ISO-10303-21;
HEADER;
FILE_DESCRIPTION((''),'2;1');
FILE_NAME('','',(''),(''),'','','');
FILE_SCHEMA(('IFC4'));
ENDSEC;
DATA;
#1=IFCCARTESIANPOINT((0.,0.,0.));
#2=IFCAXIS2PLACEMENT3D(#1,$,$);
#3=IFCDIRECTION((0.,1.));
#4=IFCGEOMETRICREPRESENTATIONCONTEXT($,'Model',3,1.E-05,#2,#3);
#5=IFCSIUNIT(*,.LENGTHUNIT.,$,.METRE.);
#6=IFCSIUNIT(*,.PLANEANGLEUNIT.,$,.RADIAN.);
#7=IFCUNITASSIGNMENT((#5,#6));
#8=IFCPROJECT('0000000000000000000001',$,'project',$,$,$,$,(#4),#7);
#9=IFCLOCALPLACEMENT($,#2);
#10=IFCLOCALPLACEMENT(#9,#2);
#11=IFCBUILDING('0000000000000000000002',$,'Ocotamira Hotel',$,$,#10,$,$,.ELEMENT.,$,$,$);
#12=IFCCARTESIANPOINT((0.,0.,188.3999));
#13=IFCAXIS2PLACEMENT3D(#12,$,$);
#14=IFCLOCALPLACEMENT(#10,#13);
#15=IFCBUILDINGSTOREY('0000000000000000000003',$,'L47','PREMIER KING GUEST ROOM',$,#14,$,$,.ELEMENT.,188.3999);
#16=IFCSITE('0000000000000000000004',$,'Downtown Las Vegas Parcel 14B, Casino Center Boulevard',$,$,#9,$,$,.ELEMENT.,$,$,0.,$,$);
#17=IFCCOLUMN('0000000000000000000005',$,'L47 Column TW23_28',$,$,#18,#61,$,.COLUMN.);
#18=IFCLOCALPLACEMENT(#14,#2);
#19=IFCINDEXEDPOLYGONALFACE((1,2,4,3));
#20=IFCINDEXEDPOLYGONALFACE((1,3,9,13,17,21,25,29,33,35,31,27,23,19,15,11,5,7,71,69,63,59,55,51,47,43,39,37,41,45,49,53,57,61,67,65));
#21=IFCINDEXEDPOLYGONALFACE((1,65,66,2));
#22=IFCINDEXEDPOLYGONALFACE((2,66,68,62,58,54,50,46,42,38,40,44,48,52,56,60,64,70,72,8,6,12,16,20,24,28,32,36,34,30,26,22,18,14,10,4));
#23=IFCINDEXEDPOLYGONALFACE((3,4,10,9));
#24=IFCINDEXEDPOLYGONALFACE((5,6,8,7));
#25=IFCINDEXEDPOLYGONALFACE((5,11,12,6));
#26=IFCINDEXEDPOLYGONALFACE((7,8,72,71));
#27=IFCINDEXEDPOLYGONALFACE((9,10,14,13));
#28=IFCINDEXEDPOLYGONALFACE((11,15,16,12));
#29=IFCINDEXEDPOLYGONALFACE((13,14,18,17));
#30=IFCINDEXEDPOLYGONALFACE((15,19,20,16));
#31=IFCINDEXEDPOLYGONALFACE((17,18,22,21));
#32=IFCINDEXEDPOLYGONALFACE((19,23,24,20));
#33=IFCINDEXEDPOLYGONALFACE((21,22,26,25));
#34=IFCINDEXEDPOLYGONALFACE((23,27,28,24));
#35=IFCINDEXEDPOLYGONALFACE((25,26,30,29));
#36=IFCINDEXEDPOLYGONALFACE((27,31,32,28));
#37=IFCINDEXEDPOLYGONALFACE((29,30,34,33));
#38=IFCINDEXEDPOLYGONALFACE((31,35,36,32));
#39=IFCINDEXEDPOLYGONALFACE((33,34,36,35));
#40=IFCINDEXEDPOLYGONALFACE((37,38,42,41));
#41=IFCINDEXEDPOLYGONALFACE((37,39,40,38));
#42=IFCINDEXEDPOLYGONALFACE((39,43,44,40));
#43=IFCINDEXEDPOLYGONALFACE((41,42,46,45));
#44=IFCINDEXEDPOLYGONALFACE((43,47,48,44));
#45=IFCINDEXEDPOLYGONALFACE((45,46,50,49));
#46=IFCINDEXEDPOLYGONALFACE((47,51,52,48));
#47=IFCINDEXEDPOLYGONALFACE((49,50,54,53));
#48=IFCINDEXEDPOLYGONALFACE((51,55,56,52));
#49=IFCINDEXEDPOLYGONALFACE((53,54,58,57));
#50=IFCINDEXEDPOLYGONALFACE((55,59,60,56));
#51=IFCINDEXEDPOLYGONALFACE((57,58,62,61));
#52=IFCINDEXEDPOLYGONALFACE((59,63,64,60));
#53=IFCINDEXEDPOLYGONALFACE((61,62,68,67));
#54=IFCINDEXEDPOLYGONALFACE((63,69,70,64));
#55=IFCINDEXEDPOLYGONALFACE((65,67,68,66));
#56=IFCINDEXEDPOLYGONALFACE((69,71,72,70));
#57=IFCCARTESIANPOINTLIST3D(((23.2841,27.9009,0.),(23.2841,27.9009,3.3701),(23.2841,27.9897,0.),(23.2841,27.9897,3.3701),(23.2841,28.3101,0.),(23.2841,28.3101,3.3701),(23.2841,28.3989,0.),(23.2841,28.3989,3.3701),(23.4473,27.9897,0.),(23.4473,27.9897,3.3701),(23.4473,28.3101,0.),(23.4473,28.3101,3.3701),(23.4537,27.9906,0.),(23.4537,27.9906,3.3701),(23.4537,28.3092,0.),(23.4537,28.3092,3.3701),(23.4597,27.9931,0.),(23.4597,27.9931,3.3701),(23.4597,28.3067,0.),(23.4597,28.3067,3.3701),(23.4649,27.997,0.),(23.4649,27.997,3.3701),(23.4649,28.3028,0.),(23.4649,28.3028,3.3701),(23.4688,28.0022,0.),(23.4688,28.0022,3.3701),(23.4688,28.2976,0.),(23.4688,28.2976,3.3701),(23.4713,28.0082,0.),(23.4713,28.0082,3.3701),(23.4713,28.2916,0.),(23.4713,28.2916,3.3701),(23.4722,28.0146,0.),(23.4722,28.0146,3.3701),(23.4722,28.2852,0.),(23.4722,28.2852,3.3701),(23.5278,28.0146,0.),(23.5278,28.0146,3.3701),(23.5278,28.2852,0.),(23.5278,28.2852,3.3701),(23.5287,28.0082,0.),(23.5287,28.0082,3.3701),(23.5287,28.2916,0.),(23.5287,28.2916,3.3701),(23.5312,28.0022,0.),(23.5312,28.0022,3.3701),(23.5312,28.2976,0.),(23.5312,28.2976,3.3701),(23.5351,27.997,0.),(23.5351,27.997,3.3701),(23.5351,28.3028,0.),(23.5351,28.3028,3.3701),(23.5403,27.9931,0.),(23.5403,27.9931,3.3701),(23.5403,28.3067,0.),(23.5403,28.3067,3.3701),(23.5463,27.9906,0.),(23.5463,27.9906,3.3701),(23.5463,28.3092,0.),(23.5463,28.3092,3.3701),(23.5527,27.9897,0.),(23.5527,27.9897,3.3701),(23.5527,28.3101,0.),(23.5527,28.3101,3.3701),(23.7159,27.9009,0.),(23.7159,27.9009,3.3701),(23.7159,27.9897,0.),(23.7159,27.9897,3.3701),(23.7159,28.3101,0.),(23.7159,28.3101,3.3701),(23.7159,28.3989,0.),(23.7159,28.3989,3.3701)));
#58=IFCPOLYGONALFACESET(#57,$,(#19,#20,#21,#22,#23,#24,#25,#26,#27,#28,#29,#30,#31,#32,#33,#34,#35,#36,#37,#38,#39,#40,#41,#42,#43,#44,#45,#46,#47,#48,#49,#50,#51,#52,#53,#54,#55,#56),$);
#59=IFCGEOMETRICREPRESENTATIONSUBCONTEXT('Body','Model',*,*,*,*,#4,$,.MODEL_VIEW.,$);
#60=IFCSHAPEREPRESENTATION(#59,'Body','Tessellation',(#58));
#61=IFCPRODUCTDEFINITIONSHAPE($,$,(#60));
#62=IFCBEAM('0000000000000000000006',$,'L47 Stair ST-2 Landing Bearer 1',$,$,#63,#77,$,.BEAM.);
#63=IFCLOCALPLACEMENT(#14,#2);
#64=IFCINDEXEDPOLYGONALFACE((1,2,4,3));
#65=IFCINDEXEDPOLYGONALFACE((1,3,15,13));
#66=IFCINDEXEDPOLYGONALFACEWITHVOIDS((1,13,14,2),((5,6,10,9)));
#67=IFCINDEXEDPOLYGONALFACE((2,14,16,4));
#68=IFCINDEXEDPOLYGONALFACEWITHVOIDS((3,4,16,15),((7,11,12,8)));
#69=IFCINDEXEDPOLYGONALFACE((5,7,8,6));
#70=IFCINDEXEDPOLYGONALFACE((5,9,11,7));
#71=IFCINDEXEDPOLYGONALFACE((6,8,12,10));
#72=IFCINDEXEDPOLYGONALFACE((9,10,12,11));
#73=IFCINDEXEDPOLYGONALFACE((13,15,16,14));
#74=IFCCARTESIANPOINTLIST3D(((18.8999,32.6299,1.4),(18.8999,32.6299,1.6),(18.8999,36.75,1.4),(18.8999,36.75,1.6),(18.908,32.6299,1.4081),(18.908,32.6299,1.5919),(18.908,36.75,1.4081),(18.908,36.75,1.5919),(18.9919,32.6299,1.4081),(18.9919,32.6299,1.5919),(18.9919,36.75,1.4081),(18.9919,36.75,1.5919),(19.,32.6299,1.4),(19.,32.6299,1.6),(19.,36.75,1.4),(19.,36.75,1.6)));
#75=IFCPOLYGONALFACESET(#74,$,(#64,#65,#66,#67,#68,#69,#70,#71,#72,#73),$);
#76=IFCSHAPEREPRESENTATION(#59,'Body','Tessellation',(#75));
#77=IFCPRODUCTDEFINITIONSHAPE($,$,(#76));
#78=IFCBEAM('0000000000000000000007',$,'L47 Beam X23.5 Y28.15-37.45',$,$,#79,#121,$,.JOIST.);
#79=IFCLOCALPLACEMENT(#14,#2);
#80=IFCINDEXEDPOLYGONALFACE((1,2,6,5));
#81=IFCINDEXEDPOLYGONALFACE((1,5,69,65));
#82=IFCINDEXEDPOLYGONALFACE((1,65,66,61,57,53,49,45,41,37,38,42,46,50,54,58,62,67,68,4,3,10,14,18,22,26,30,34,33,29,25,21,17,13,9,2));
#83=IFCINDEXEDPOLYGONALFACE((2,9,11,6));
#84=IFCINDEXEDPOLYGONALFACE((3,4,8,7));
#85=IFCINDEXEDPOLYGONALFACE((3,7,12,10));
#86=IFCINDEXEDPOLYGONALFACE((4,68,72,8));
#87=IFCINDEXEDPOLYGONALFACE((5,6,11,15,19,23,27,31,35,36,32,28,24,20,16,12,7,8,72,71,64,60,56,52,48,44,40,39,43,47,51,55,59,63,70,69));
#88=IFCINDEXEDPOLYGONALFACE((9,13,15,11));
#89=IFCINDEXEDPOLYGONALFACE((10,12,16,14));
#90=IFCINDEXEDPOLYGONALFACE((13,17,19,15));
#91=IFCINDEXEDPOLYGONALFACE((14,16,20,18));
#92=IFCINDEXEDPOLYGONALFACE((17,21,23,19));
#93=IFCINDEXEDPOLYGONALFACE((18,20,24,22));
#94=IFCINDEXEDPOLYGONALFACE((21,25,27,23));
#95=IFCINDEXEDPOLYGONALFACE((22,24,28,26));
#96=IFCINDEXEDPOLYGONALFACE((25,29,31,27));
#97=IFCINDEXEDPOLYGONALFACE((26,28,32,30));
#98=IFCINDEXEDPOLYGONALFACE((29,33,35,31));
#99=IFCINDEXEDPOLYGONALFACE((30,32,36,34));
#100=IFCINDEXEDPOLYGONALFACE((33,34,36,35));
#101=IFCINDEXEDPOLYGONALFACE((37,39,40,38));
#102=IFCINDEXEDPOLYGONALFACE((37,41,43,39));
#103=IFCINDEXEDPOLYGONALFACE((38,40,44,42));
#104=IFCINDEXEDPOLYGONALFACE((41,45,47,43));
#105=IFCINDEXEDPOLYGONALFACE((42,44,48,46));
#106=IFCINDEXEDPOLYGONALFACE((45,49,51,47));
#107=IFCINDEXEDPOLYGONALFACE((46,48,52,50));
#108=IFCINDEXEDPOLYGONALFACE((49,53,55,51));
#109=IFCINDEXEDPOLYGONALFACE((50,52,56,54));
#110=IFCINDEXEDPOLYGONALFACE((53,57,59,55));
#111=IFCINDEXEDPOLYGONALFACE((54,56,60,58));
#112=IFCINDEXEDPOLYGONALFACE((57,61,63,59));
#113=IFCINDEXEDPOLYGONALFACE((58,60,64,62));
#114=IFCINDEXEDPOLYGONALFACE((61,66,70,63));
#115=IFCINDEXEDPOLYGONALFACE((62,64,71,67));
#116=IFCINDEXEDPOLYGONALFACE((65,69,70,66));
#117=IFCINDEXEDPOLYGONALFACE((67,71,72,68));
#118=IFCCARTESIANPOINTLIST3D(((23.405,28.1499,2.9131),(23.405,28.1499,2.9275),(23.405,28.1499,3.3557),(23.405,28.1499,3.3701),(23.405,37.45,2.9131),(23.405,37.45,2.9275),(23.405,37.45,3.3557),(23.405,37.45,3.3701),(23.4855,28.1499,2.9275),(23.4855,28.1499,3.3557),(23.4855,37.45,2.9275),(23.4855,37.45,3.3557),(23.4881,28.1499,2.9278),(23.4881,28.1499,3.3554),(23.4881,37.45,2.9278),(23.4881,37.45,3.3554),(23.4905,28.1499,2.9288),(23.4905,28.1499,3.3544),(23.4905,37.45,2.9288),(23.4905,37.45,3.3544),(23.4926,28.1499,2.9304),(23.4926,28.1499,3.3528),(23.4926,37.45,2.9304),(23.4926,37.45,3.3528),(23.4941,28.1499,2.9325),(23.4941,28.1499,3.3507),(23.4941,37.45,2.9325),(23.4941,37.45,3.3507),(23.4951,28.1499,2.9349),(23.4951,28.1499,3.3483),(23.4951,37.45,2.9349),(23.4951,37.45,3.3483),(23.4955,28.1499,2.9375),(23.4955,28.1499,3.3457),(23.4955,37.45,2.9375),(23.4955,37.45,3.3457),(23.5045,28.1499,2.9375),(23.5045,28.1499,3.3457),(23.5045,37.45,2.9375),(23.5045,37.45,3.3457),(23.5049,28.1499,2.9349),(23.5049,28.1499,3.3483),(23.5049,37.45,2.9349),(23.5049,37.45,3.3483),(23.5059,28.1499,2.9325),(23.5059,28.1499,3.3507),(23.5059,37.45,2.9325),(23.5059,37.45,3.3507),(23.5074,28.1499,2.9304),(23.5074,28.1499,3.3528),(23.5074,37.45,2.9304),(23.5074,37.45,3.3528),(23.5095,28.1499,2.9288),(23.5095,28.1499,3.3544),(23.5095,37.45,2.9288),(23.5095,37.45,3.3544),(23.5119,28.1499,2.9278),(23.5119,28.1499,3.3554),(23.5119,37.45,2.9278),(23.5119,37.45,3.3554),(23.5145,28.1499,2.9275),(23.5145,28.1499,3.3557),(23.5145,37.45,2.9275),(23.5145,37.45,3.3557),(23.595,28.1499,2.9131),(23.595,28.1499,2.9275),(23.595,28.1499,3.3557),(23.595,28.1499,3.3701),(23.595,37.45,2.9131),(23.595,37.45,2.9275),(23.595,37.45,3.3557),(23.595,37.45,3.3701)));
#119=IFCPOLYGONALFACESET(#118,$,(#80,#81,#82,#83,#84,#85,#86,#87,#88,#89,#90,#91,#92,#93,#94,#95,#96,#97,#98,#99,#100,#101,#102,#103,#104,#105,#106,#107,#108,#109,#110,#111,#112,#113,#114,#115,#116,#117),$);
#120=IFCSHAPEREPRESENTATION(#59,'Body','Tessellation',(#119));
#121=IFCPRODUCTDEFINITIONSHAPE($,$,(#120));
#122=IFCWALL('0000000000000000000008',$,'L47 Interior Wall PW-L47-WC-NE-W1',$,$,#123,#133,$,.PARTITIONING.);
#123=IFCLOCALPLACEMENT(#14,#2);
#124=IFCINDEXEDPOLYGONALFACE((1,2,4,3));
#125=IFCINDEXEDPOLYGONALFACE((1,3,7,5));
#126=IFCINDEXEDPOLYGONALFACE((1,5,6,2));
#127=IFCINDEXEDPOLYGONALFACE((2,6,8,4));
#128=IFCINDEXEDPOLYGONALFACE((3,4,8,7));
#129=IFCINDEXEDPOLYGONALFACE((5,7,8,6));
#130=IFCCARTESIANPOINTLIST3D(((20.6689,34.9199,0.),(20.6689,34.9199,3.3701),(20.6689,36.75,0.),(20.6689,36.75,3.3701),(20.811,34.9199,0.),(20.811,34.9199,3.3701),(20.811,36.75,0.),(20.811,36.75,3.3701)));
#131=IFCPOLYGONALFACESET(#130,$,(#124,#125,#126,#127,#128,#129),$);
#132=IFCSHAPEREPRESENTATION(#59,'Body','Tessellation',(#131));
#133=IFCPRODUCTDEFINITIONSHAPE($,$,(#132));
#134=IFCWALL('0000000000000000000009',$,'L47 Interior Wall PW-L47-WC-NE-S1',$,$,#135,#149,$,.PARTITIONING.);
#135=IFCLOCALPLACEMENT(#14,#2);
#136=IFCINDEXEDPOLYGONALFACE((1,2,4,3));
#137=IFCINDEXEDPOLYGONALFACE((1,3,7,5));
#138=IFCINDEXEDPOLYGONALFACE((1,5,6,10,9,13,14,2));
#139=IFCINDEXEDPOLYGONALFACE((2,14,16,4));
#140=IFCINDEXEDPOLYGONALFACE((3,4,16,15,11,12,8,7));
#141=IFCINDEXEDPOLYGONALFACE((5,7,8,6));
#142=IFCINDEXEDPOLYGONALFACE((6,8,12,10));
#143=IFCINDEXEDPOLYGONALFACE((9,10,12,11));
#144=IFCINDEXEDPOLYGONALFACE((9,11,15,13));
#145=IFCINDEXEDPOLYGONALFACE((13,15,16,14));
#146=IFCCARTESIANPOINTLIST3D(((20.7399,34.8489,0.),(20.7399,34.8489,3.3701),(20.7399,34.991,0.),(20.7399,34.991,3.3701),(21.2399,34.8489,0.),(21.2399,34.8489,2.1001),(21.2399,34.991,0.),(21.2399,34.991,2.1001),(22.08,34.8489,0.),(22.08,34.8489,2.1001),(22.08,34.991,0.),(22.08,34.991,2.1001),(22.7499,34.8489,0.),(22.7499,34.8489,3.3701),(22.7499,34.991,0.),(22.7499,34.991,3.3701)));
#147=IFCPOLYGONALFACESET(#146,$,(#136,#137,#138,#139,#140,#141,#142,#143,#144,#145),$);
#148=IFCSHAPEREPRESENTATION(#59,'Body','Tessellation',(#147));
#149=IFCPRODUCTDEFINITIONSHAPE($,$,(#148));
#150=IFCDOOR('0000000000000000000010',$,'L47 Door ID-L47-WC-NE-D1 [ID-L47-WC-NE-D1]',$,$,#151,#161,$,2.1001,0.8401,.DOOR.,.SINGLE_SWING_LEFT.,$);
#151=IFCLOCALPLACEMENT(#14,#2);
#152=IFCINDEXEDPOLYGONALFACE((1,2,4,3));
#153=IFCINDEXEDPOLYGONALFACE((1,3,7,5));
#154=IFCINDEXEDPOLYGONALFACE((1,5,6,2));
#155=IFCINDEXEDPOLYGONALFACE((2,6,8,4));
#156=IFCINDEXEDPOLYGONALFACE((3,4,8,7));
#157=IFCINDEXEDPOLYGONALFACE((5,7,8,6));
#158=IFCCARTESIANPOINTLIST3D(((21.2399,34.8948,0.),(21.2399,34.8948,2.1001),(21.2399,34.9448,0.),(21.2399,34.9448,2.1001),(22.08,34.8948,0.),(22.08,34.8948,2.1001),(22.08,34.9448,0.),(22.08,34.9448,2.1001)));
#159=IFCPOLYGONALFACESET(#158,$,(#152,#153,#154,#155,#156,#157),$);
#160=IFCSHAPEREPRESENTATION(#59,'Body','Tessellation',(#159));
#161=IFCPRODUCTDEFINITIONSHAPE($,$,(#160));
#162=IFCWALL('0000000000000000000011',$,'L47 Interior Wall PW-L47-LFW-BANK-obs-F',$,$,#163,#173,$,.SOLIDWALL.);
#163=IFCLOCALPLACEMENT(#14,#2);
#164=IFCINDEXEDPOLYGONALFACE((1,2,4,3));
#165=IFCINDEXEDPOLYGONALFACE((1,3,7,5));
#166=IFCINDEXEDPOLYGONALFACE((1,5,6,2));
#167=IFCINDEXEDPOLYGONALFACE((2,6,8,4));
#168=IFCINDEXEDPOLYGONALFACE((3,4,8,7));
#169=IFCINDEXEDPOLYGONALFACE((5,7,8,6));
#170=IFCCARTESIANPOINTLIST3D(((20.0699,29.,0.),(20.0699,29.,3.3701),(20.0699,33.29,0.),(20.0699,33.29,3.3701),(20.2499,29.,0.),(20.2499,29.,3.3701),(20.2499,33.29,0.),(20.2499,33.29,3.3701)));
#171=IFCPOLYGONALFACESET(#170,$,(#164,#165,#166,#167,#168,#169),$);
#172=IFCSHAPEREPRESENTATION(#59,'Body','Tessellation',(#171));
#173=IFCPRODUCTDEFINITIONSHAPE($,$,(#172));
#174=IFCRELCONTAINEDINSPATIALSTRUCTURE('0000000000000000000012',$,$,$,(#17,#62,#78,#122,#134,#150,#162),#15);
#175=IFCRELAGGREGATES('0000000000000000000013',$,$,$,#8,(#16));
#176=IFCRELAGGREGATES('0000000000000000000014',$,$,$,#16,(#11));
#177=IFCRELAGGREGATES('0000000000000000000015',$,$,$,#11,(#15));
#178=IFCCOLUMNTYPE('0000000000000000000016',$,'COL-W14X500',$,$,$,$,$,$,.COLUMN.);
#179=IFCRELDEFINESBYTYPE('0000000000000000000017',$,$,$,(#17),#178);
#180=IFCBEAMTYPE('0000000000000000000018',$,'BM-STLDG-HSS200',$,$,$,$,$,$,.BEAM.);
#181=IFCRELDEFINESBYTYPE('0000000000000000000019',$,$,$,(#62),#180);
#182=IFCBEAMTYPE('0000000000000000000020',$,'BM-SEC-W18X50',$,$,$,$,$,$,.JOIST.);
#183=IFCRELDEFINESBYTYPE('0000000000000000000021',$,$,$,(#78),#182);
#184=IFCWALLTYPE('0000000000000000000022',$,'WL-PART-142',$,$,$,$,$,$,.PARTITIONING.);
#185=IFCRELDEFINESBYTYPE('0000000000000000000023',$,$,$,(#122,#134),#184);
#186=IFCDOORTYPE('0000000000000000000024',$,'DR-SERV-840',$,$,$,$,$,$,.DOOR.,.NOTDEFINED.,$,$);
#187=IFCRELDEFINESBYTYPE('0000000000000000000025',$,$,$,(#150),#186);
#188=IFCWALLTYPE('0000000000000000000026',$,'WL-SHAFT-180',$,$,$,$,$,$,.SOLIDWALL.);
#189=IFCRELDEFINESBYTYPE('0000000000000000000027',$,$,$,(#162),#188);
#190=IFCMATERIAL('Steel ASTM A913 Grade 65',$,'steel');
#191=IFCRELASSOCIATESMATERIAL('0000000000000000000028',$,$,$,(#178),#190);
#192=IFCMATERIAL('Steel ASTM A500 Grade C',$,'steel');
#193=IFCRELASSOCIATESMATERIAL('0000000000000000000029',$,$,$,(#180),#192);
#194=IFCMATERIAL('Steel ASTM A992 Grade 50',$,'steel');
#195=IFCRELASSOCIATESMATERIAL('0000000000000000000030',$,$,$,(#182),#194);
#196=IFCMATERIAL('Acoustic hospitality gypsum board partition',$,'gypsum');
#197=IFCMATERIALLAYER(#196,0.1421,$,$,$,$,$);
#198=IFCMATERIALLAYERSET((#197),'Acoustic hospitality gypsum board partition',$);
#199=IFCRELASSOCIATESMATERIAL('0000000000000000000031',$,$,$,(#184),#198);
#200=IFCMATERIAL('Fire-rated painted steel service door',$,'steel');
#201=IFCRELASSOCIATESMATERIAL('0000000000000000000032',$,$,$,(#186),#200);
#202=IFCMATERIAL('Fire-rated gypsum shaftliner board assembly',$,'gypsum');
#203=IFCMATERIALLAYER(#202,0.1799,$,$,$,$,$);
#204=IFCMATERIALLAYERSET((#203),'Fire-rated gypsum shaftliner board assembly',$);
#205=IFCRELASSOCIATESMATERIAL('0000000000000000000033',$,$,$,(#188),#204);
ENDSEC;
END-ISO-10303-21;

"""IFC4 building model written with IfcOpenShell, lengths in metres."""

from ifc_helpers import new_model, si_unit, direction, frame, frame_2d, origin, origin_2d, place, context, subcontext, project, spatial, rectangle, hollow_rectangle, i_section, extrude, source, transform, mapped, material, layer, layer_set, material_profile, profile_set, type_object, element, fill, save


model = new_model("IFC4")

# Units and contexts
model_context = context("Model", 3, precision=1e-05, world=origin(), true_north=direction((0.0, 1.0)))
body_context = subcontext(model_context, "Body", "Model", "MODEL_VIEW")
ifc_project = project(units=[si_unit("LENGTHUNIT", "METRE"), si_unit("PLANEANGLEUNIT", "RADIAN")], contexts=[model_context])

# Site, building, storey
site_placement = place(None, origin())
site = spatial("IfcSite", under=ifc_project, at=site_placement, Name="Downtown Las Vegas Parcel 14B, Casino Center Boulevard", CompositionType="ELEMENT", RefElevation=0.0)
building_placement = place(site_placement, origin())
building = spatial("IfcBuilding", under=site, at=building_placement, Name="Ocotamira Hotel", CompositionType="ELEMENT")
storey_placement = place(building_placement, frame((0.0, 0.0, 188.3999)))
storey = spatial("IfcBuildingStorey", under=building, at=storey_placement, Name="L47", Description="PREMIER KING GUEST ROOM", CompositionType="ELEMENT", Elevation=188.3999)

# Column
ifc_material_1 = material(Name="Steel ASTM A913 Grade 65", Category="steel")
ifc_material_profile_1 = material_profile(ifc_material_1, i_section(OverallWidth=0.4319, OverallDepth=0.498, WebThickness=0.0557, FlangeThickness=0.0889, FilletRadius=0.0249, at=origin_2d()), Name="W14X500")
ifc_profile_set_1 = profile_set([ifc_material_profile_1], Name="Steel ASTM A913 Grade 65")
column_type = type_object("IfcColumnType", Name="COL-W14X500", PredefinedType="COLUMN", material=ifc_profile_set_1)
shared_shape_1 = source(origin(), body_context, "Body", "SweptSolid", [
    extrude(i_section(OverallWidth=0.4319, OverallDepth=0.498, WebThickness=0.0557, FlangeThickness=0.0889, FilletRadius=0.0249, at=origin_2d()), origin(), (0.0, 0.0, 1.0), 3.3701),
])
column_placement = place(storey_placement, frame((23.5, 28.1499, 0.0), z_axis=(0.0, 0.0, 1.0), x_axis=(1.0, 0.0, 0.0)))
element("IfcColumn", 1, at=column_placement, inside=storey, type_object=column_type, Name="L47 Column TW23_28", PredefinedType="COLUMN", context=body_context, shape_type="MappedRepresentation", body=[
    mapped(shared_shape_1, transform((0.0, 0.0, 0.0), scale=1.0)),
])

# Beams
ifc_material_2 = material(Name="Steel ASTM A500 Grade C", Category="steel")
ifc_material_profile_2 = material_profile(ifc_material_2, hollow_rectangle(XDim=0.1001, YDim=0.2, WallThickness=0.0081, at=origin_2d()), Name="HSS200X100X8")
ifc_profile_set_2 = profile_set([ifc_material_profile_2], Name="Steel ASTM A500 Grade C")
beam_type_1 = type_object("IfcBeamType", Name="BM-STLDG-HSS200", PredefinedType="BEAM", material=ifc_profile_set_2)
shared_shape_2 = source(origin(), body_context, "Body", "SweptSolid", [
    extrude(hollow_rectangle(XDim=0.1001, YDim=0.2, WallThickness=0.0081, at=origin_2d()), origin(), (0.0, 0.0, 1.0), 4.1201),
])
beam_1_placement = place(storey_placement, frame((18.95, 32.6299, 1.5), z_axis=(0.0, 1.0, 0.0), x_axis=(-1.0, 0.0, 0.0)))
element("IfcBeam", 2, at=beam_1_placement, inside=storey, type_object=beam_type_1, Name="L47 Stair ST-2 Landing Bearer 1", PredefinedType="BEAM", context=body_context, shape_type="MappedRepresentation", body=[
    mapped(shared_shape_2, transform((0.0, 0.0, 0.0), scale=1.0)),
])
ifc_material_3 = material(Name="Steel ASTM A992 Grade 50", Category="steel")
ifc_material_profile_3 = material_profile(ifc_material_3, i_section(OverallWidth=0.1899, OverallDepth=0.457, WebThickness=0.009, FlangeThickness=0.0144, FilletRadius=0.01, at=origin_2d()), Name="W18X50")
ifc_profile_set_3 = profile_set([ifc_material_profile_3], Name="Steel ASTM A992 Grade 50")
beam_type_2 = type_object("IfcBeamType", Name="BM-SEC-W18X50", PredefinedType="JOIST", material=ifc_profile_set_3)
shared_shape_3 = source(origin(), body_context, "Body", "SweptSolid", [
    extrude(i_section(OverallWidth=0.1899, OverallDepth=0.457, WebThickness=0.009, FlangeThickness=0.0144, FilletRadius=0.01, at=origin_2d()), origin(), (0.0, 0.0, 1.0), 9.3),
])
beam_2_placement = place(storey_placement, frame((23.5, 28.1499, 3.1416), z_axis=(0.0, 1.0, 0.0), x_axis=(-1.0, 0.0, 0.0)))
element("IfcBeam", 3, at=beam_2_placement, inside=storey, type_object=beam_type_2, Name="L47 Beam X23.5 Y28.15-37.45", PredefinedType="JOIST", context=body_context, shape_type="MappedRepresentation", body=[
    mapped(shared_shape_3, transform((0.0, 0.0, 0.0), scale=1.0)),
])

# Wall
ifc_material_4 = material(Name="Acoustic hospitality gypsum board partition", Category="gypsum")
ifc_layer_1 = layer(ifc_material_4, 0.1421)
ifc_layer_set_1 = layer_set([ifc_layer_1], Name="Acoustic hospitality gypsum board partition")
wall_type_1 = type_object("IfcWallType", Name="WL-PART-142", PredefinedType="PARTITIONING", material=ifc_layer_set_1)
wall_1_placement = place(storey_placement, frame((20.74, 34.9199, 0.0), z_axis=(0.0, 0.0, 1.0), x_axis=(0.0, 1.0, 0.0)))
element("IfcWall", 4, at=wall_1_placement, inside=storey, type_object=wall_type_1, Name="L47 Interior Wall PW-L47-WC-NE-W1", PredefinedType="PARTITIONING", context=body_context, shape_type="SweptSolid", body=[
    extrude(rectangle(XDim=1.8301, YDim=0.1421, at=frame_2d((0.915, 0.0))), origin(), (0.0, 0.0, 1.0), 3.3701),
])

# Wall, opening, door
wall_2_placement = place(storey_placement, frame((20.74, 34.9199, 0.0), z_axis=(0.0, 0.0, 1.0), x_axis=(1.0, 0.0, 0.0)))
wall_2 = element("IfcWall", 5, at=wall_2_placement, inside=storey, type_object=wall_type_1, Name="L47 Interior Wall PW-L47-WC-NE-S1", PredefinedType="PARTITIONING", context=body_context, shape_type="SweptSolid", body=[
    extrude(rectangle(XDim=2.01, YDim=0.1421, at=frame_2d((1.0049, 0.0))), origin(), (0.0, 0.0, 1.0), 3.3701),
])
opening_1_placement = place(wall_2_placement, frame((0.5, 0.0, 0.0)))
opening_1 = element("IfcOpeningElement", 6, at=opening_1_placement, cuts=wall_2, PredefinedType="OPENING", context=body_context, shape_type="SweptSolid", body=[
    extrude(rectangle(XDim=0.8401, YDim=2.1001, at=frame_2d((0.4199, 1.05))), frame((0.0, 0.0811, 0.0), z_axis=(0.0, -1.0, 0.0), x_axis=(1.0, 0.0, 0.0)), (0.0, 0.0, 1.0), 0.1621),
])
ifc_material_5 = material(Name="Fire-rated painted steel service door", Category="steel")
door_type_1 = type_object("IfcDoorType", Name="DR-SERV-840", OperationType="NOTDEFINED", PredefinedType="DOOR", material=ifc_material_5)
shared_shape_4 = source(origin(), body_context, "Body", "SweptSolid", [
    extrude(rectangle(XDim=0.8401, YDim=2.1001, at=frame_2d((0.4199, 1.05))), frame((0.0, 0.0249, 0.0), z_axis=(0.0, -1.0, 0.0), x_axis=(1.0, 0.0, 0.0)), (0.0, 0.0, 1.0), 0.05),
])
door_1_placement = place(opening_1_placement, origin())
door_1 = element("IfcDoor", 7, at=door_1_placement, inside=storey, type_object=door_type_1, Name="L47 Door ID-L47-WC-NE-D1 [ID-L47-WC-NE-D1]", OperationType="SINGLE_SWING_LEFT", OverallHeight=2.1001, OverallWidth=0.8401, PredefinedType="DOOR", context=body_context, shape_type="MappedRepresentation", body=[
    mapped(shared_shape_4, transform((0.0, 0.0, 0.0), scale=1.0)),
])
fill(opening_1, door_1)

# Wall
ifc_material_6 = material(Name="Fire-rated gypsum shaftliner board assembly", Category="gypsum")
ifc_layer_2 = layer(ifc_material_6, 0.1799)
ifc_layer_set_2 = layer_set([ifc_layer_2], Name="Fire-rated gypsum shaftliner board assembly")
wall_type_2 = type_object("IfcWallType", Name="WL-SHAFT-180", PredefinedType="SOLIDWALL", material=ifc_layer_set_2)
wall_3_placement = place(storey_placement, frame((20.1599, 29.0, 0.0), z_axis=(0.0, 0.0, 1.0), x_axis=(0.0, 1.0, 0.0)))
element("IfcWall", 8, at=wall_3_placement, inside=storey, type_object=wall_type_2, Name="L47 Interior Wall PW-L47-LFW-BANK-obs-F", PredefinedType="SOLIDWALL", context=body_context, shape_type="SweptSolid", body=[
    extrude(rectangle(XDim=4.29, YDim=0.1799, at=frame_2d((2.145, 0.0))), origin(), (0.0, 0.0, 1.0), 3.3701),
])

save(model, "model.ifc")
